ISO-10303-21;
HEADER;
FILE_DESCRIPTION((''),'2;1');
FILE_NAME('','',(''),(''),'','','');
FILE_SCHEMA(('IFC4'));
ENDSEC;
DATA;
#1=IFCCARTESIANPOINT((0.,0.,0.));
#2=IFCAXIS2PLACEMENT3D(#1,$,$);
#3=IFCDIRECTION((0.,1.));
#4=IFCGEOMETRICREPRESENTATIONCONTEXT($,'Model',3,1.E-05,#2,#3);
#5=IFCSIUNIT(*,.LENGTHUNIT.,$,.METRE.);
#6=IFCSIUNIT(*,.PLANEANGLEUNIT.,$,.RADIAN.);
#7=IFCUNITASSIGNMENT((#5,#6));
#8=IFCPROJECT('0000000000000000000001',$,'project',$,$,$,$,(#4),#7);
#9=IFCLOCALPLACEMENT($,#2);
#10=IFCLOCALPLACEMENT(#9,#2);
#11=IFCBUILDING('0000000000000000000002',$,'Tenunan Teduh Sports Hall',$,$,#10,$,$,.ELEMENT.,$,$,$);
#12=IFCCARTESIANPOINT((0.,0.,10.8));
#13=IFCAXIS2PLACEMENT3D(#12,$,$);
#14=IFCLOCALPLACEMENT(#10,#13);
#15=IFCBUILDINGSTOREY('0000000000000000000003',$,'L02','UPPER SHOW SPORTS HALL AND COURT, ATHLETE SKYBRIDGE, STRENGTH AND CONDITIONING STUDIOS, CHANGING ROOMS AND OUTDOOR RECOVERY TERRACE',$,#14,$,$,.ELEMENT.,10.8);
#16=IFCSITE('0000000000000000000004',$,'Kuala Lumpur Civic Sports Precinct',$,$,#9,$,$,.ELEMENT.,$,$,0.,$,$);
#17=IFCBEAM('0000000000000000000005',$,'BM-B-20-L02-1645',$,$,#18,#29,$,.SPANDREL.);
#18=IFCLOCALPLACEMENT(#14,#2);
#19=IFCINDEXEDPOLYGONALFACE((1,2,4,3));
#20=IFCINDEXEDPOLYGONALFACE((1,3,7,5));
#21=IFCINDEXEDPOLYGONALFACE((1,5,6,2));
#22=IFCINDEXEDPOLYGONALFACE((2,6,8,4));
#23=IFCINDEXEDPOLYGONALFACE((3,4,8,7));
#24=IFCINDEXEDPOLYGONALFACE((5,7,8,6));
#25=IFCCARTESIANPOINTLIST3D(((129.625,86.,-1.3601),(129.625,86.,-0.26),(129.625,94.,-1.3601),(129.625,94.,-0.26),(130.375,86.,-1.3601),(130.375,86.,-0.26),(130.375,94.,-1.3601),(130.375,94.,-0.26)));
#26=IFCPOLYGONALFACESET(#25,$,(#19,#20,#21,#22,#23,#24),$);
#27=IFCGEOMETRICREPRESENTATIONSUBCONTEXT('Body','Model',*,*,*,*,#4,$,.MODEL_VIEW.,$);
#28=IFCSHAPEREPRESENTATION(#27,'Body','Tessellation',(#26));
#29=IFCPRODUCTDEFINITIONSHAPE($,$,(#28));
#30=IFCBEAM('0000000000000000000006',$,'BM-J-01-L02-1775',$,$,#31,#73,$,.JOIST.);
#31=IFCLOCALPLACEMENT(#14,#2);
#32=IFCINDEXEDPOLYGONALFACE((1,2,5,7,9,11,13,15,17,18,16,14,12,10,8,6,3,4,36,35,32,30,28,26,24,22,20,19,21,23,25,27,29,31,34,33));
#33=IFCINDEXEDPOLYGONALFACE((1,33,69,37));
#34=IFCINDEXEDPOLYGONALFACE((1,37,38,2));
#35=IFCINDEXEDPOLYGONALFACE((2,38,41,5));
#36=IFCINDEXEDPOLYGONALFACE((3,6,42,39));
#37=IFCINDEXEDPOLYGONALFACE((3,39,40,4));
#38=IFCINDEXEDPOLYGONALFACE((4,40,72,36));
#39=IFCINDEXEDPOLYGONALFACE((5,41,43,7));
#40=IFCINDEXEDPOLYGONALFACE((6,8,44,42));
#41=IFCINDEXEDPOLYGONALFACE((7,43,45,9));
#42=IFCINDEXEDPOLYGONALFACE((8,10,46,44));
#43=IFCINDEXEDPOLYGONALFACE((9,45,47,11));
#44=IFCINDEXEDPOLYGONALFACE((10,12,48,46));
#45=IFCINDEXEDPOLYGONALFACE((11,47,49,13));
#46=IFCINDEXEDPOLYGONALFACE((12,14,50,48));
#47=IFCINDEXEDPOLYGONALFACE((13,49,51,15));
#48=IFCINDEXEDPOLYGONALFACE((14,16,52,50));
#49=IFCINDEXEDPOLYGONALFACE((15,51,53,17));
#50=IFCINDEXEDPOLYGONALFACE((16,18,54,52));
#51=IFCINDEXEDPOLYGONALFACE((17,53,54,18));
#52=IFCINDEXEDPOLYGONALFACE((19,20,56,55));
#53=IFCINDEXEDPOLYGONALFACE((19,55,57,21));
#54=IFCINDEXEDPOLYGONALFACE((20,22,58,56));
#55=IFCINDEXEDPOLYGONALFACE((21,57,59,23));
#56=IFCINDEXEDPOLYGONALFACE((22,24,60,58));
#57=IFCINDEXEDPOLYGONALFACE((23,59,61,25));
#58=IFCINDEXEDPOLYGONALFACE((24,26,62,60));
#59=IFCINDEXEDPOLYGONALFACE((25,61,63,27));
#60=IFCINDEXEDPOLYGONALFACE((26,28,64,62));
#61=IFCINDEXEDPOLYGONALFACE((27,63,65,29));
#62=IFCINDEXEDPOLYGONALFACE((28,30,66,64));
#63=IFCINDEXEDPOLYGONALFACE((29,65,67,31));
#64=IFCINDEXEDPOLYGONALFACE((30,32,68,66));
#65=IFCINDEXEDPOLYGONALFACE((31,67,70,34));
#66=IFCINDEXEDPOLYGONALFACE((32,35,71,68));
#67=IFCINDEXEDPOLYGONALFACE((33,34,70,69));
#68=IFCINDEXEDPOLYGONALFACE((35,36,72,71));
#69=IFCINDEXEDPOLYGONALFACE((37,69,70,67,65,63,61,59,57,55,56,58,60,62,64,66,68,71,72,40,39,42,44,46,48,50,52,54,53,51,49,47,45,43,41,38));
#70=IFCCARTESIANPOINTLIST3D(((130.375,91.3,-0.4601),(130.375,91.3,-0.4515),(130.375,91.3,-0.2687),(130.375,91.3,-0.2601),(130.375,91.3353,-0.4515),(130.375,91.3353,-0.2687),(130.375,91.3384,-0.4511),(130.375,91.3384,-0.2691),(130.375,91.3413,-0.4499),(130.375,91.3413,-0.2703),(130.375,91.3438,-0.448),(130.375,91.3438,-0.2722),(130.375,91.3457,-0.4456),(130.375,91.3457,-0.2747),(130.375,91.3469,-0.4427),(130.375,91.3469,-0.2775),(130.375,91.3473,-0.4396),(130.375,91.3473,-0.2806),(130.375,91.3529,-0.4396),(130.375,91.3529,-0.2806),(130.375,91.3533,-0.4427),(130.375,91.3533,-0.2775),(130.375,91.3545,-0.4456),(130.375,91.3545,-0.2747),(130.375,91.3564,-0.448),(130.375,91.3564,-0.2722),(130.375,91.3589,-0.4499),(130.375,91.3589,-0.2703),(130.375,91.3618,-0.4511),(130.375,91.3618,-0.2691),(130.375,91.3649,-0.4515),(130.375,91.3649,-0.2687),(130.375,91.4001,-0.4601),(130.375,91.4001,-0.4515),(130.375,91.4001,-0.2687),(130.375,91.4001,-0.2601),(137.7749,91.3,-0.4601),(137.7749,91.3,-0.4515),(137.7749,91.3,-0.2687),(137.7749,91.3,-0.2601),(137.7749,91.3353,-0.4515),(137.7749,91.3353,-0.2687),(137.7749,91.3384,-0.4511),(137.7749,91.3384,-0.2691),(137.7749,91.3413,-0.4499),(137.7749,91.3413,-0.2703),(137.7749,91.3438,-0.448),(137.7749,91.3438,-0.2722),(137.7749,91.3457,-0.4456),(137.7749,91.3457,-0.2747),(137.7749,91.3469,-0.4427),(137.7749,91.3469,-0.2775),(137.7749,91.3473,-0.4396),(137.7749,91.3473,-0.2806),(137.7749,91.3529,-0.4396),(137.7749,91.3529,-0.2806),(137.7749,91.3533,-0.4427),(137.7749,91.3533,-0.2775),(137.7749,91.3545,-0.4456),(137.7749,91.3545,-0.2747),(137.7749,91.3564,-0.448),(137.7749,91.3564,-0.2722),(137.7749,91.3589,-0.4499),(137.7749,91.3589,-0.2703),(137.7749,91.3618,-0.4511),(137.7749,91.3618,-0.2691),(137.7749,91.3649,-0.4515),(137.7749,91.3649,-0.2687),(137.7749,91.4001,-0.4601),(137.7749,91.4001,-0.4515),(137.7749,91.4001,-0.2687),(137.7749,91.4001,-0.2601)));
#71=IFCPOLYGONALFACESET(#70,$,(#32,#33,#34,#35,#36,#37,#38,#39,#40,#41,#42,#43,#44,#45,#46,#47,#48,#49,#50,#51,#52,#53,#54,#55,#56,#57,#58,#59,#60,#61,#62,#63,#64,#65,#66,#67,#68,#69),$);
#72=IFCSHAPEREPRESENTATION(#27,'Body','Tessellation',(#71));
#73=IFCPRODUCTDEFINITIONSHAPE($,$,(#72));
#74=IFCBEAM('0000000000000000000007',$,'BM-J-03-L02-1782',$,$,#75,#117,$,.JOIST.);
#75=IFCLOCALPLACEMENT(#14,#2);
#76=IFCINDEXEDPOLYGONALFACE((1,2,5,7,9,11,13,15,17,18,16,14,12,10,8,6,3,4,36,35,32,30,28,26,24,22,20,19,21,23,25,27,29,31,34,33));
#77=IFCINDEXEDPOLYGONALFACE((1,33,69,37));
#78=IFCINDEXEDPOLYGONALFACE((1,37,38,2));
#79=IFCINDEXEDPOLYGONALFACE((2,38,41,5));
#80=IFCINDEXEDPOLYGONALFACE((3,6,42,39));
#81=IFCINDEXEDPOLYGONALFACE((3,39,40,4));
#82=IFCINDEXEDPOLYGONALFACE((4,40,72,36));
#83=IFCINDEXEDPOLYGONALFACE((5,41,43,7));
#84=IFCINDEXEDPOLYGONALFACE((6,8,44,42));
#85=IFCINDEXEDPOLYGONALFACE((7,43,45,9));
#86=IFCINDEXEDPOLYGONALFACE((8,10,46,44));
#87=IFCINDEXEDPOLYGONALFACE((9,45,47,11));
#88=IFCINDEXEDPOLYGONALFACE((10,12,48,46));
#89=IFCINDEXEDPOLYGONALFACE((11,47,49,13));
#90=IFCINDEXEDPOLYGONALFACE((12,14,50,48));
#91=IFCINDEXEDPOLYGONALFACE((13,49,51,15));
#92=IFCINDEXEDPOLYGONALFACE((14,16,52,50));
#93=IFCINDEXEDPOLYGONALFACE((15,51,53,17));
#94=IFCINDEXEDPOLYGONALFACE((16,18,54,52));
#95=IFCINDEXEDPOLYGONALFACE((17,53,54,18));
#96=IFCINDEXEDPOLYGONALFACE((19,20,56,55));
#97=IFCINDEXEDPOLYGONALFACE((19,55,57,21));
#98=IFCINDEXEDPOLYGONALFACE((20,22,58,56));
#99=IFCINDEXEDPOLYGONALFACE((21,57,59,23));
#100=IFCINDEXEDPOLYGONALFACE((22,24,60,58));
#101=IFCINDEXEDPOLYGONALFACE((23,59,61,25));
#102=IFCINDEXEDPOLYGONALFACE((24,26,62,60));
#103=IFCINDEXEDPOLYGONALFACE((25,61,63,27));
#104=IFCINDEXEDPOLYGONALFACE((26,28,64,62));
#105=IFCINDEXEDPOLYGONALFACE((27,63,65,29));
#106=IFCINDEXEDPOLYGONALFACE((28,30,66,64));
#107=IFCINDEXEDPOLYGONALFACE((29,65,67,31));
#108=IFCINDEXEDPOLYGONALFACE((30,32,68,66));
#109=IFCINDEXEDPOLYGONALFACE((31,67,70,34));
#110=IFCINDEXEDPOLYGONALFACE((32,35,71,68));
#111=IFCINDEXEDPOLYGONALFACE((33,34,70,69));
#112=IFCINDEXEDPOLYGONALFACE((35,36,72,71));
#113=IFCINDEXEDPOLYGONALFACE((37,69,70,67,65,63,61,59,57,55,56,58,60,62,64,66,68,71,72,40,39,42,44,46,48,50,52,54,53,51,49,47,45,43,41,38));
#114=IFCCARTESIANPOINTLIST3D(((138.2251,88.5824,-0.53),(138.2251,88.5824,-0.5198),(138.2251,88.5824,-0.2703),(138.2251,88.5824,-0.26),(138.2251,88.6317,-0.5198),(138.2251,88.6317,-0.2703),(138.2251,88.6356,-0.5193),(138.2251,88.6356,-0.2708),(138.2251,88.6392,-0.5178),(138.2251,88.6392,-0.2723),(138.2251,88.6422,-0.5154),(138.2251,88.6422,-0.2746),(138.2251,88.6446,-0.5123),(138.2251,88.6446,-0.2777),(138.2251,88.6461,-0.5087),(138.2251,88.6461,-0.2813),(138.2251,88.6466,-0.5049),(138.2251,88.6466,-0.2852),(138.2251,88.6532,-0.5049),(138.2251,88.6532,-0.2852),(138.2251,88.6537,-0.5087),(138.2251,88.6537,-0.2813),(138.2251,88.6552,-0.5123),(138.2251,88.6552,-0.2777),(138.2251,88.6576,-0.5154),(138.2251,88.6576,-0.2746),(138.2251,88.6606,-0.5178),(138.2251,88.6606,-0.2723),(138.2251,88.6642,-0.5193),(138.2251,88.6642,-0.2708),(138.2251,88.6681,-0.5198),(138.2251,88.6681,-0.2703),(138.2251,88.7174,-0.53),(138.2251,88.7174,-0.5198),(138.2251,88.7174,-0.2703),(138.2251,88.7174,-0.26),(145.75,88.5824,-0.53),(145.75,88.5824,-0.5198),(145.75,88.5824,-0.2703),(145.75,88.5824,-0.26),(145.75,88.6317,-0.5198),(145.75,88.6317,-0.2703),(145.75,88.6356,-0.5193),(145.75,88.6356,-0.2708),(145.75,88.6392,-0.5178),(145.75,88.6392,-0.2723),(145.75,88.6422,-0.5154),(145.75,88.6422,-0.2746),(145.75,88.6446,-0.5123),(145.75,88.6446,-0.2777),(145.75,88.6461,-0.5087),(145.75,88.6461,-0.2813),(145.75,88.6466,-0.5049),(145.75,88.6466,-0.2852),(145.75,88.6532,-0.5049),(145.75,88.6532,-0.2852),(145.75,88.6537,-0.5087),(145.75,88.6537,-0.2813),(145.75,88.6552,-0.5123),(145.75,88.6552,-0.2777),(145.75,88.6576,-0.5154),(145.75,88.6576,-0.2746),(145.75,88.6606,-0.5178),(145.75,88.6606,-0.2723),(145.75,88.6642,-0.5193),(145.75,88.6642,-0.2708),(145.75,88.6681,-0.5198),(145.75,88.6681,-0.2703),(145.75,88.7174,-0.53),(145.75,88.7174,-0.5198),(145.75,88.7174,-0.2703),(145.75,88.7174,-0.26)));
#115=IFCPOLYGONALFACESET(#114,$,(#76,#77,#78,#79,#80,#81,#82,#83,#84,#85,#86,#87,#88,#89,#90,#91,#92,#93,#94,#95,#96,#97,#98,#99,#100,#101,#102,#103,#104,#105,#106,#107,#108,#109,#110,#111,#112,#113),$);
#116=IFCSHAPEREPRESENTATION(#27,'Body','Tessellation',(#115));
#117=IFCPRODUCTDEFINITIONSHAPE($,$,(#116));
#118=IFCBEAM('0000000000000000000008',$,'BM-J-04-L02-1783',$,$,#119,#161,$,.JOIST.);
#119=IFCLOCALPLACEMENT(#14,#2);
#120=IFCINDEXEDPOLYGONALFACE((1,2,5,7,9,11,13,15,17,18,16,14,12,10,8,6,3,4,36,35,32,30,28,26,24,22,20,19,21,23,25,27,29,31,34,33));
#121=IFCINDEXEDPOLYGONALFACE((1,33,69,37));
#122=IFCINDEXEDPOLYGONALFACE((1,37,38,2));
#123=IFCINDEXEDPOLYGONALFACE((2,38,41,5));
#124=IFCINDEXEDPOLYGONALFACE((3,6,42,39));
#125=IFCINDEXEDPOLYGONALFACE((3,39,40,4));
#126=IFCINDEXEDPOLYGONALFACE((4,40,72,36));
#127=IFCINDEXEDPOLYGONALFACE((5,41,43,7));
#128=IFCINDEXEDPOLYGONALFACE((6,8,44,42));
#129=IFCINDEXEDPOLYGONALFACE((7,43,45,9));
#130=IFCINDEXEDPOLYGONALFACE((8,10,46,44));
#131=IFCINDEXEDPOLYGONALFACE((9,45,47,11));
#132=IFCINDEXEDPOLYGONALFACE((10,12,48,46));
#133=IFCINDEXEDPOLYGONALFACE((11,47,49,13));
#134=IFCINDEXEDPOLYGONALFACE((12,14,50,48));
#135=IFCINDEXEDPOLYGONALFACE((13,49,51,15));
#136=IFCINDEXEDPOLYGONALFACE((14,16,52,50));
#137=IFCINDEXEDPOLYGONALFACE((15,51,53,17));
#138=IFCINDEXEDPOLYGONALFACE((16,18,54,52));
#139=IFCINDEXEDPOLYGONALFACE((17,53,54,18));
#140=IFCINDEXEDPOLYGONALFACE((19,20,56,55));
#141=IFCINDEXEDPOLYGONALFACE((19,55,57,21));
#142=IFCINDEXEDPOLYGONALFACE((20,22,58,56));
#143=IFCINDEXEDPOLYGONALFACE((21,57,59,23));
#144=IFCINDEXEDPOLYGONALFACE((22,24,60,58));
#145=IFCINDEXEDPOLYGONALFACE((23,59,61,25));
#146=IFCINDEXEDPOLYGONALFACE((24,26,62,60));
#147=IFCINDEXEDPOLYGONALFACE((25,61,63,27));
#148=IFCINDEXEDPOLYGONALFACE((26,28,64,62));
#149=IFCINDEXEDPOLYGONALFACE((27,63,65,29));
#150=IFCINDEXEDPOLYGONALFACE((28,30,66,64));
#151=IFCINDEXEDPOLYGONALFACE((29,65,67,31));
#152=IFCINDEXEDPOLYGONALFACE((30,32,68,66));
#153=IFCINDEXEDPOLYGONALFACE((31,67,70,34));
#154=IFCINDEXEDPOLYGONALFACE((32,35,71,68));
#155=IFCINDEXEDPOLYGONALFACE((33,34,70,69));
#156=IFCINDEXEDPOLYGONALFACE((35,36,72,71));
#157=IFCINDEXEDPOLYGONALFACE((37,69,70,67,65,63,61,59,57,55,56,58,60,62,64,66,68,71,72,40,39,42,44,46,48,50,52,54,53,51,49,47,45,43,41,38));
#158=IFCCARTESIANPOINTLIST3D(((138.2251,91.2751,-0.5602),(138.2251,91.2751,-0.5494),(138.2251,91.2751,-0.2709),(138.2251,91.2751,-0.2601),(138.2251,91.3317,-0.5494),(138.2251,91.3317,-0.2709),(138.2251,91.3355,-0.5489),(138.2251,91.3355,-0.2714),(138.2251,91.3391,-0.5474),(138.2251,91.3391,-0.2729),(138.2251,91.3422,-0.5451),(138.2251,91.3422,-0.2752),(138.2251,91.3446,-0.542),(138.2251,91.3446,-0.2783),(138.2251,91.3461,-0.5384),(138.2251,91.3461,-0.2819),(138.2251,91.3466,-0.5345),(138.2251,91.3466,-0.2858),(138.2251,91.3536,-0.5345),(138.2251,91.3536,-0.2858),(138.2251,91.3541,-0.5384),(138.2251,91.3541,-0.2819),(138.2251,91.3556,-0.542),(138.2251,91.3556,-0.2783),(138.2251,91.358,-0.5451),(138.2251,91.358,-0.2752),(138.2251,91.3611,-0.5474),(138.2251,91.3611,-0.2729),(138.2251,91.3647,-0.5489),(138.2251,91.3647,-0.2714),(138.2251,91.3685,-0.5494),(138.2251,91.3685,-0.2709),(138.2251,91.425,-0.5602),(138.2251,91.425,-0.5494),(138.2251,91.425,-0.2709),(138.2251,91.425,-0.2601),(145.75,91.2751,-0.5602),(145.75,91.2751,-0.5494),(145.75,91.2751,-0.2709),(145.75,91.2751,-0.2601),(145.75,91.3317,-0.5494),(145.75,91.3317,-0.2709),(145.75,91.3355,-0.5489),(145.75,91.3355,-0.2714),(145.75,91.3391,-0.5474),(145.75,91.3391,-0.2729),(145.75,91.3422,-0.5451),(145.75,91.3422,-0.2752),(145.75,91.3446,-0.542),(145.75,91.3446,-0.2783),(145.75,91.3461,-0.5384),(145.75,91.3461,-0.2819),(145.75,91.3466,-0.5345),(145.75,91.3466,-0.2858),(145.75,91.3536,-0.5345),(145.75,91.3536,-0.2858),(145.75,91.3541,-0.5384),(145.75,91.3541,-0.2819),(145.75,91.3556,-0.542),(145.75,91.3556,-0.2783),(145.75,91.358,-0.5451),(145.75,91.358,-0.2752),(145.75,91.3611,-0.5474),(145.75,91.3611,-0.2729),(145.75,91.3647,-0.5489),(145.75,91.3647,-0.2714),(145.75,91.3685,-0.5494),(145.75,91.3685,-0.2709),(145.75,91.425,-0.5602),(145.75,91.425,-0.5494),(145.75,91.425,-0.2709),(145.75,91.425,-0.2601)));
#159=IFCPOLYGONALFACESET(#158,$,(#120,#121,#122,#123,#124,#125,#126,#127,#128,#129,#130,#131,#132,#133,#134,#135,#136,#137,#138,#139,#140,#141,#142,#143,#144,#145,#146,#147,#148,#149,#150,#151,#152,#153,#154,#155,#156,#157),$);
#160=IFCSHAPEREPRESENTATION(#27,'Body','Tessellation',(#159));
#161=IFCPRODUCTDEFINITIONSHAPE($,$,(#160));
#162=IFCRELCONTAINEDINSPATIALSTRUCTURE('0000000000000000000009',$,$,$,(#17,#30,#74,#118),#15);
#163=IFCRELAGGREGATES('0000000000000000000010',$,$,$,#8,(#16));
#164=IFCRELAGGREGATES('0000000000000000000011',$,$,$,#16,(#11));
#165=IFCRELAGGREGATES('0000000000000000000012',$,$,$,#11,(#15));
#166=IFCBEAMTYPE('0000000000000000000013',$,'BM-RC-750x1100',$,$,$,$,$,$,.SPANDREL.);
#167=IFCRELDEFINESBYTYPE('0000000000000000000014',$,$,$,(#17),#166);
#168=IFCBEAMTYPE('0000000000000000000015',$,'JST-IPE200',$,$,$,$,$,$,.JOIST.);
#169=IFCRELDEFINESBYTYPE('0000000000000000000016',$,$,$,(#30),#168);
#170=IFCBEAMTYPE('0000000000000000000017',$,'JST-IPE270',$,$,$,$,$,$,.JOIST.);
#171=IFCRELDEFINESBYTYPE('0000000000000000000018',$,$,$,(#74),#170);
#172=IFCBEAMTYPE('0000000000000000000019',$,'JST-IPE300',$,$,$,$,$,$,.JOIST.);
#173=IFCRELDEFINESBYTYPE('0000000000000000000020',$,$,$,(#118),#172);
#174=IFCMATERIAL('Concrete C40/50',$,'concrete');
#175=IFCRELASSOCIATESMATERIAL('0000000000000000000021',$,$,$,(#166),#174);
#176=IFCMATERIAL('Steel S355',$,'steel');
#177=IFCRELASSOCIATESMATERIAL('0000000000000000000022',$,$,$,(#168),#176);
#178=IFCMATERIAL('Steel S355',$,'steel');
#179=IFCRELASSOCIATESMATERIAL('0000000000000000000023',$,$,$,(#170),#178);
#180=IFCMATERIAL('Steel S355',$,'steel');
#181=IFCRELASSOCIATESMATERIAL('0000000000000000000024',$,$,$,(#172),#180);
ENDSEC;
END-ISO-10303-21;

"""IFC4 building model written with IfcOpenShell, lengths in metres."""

from ifc_helpers import new_model, si_unit, direction, frame, origin, origin_2d, place, context, subcontext, project, spatial, rectangle, i_section, extrude, material, material_profile, profile_set, type_object, element, save


model = new_model("IFC4")

# Units and contexts
model_context = context("Model", 3, precision=1e-05, world=origin(), true_north=direction((0.0, 1.0)))
body_context = subcontext(model_context, "Body", "Model", "MODEL_VIEW")
ifc_project = project(units=[si_unit("LENGTHUNIT", "METRE"), si_unit("PLANEANGLEUNIT", "RADIAN")], contexts=[model_context])

# Site, building, storey
site_placement = place(None, origin())
site = spatial("IfcSite", under=ifc_project, at=site_placement, Name="Kuala Lumpur Civic Sports Precinct", CompositionType="ELEMENT", RefElevation=0.0)
building_placement = place(site_placement, origin())
building = spatial("IfcBuilding", under=site, at=building_placement, Name="Tenunan Teduh Sports Hall", CompositionType="ELEMENT")
storey_placement = place(building_placement, frame((0.0, 0.0, 10.8)))
storey = spatial("IfcBuildingStorey", under=building, at=storey_placement, Name="L02", Description="UPPER SHOW SPORTS HALL AND COURT, ATHLETE SKYBRIDGE, STRENGTH AND CONDITIONING STUDIOS, CHANGING ROOMS AND OUTDOOR RECOVERY TERRACE", CompositionType="ELEMENT", Elevation=10.8)

# Beams
ifc_material_1 = material(Name="Concrete C40/50", Category="concrete")
ifc_material_profile_1 = material_profile(ifc_material_1, rectangle(XDim=0.75, YDim=1.1001, at=origin_2d()), Name="RCB 750x1100")
ifc_profile_set_1 = profile_set([ifc_material_profile_1], Name="Concrete C40/50")
beam_type_1 = type_object("IfcBeamType", Name="BM-RC-750x1100", PredefinedType="SPANDREL", material=ifc_profile_set_1)
beam_1_placement = place(storey_placement, frame((130.0, 86.0, -0.8101), z_axis=(0.0, 1.0, 0.0), x_axis=(-1.0, 0.0, 0.0)))
element("IfcBeam", 1, at=beam_1_placement, inside=storey, type_object=beam_type_1, Name="BM-B-20-L02-1645", PredefinedType="SPANDREL", context=body_context, shape_type="SweptSolid", body=[
    extrude(rectangle(XDim=0.75, YDim=1.1001, at=origin_2d()), origin(), (0.0, 0.0, 1.0), 8.0),
])
ifc_material_2 = material(Name="Steel S355", Category="steel")
ifc_material_profile_2 = material_profile(ifc_material_2, i_section(OverallWidth=0.1001, OverallDepth=0.2, WebThickness=0.0056, FlangeThickness=0.0085, FilletRadius=0.012, at=origin_2d()), Name="IPE 200")
ifc_profile_set_2 = profile_set([ifc_material_profile_2], Name="Steel S355")
beam_type_2 = type_object("IfcBeamType", Name="JST-IPE200", PredefinedType="JOIST", material=ifc_profile_set_2)
beam_2_placement = place(storey_placement, frame((130.375, 91.3501, -0.3601), z_axis=(1.0, 0.0, 0.0), x_axis=(0.0, 1.0, 0.0)))
element("IfcBeam", 2, at=beam_2_placement, inside=storey, type_object=beam_type_2, Name="BM-J-01-L02-1775", PredefinedType="JOIST", context=body_context, shape_type="SweptSolid", body=[
    extrude(i_section(OverallWidth=0.1001, OverallDepth=0.2, WebThickness=0.0056, FlangeThickness=0.0085, FilletRadius=0.012, at=origin_2d()), origin(), (0.0, 0.0, 1.0), 7.3999),
])
ifc_material_3 = material(Name="Steel S355", Category="steel")
ifc_material_profile_3 = material_profile(ifc_material_3, i_section(OverallWidth=0.135, OverallDepth=0.27, WebThickness=0.0066, FlangeThickness=0.0103, FilletRadius=0.0149, at=origin_2d()), Name="IPE 270")
ifc_profile_set_3 = profile_set([ifc_material_profile_3], Name="Steel S355")
beam_type_3 = type_object("IfcBeamType", Name="JST-IPE270", PredefinedType="JOIST", material=ifc_profile_set_3)
beam_3_placement = place(storey_placement, frame((138.2251, 88.6499, -0.395), z_axis=(1.0, 0.0, 0.0), x_axis=(0.0, 1.0, 0.0)))
element("IfcBeam", 3, at=beam_3_placement, inside=storey, type_object=beam_type_3, Name="BM-J-03-L02-1782", PredefinedType="JOIST", context=body_context, shape_type="SweptSolid", body=[
    extrude(i_section(OverallWidth=0.135, OverallDepth=0.27, WebThickness=0.0066, FlangeThickness=0.0103, FilletRadius=0.0149, at=origin_2d()), origin(), (0.0, 0.0, 1.0), 7.5249),
])
ifc_material_4 = material(Name="Steel S355", Category="steel")
ifc_material_profile_4 = material_profile(ifc_material_4, i_section(OverallWidth=0.1499, OverallDepth=0.3, WebThickness=0.0071, FlangeThickness=0.0107, FilletRadius=0.0149, at=origin_2d()), Name="IPE 300")
ifc_profile_set_4 = profile_set([ifc_material_profile_4], Name="Steel S355")
beam_type_4 = type_object("IfcBeamType", Name="JST-IPE300", PredefinedType="JOIST", material=ifc_profile_set_4)
beam_4_placement = place(storey_placement, frame((138.2251, 91.3501, -0.4102), z_axis=(1.0, 0.0, 0.0), x_axis=(0.0, 1.0, 0.0)))
element("IfcBeam", 4, at=beam_4_placement, inside=storey, type_object=beam_type_4, Name="BM-J-04-L02-1783", PredefinedType="JOIST", context=body_context, shape_type="SweptSolid", body=[
    extrude(i_section(OverallWidth=0.1499, OverallDepth=0.3, WebThickness=0.0071, FlangeThickness=0.0107, FilletRadius=0.0149, at=origin_2d()), origin(), (0.0, 0.0, 1.0), 7.5249),
])

save(model, "model.ifc")
